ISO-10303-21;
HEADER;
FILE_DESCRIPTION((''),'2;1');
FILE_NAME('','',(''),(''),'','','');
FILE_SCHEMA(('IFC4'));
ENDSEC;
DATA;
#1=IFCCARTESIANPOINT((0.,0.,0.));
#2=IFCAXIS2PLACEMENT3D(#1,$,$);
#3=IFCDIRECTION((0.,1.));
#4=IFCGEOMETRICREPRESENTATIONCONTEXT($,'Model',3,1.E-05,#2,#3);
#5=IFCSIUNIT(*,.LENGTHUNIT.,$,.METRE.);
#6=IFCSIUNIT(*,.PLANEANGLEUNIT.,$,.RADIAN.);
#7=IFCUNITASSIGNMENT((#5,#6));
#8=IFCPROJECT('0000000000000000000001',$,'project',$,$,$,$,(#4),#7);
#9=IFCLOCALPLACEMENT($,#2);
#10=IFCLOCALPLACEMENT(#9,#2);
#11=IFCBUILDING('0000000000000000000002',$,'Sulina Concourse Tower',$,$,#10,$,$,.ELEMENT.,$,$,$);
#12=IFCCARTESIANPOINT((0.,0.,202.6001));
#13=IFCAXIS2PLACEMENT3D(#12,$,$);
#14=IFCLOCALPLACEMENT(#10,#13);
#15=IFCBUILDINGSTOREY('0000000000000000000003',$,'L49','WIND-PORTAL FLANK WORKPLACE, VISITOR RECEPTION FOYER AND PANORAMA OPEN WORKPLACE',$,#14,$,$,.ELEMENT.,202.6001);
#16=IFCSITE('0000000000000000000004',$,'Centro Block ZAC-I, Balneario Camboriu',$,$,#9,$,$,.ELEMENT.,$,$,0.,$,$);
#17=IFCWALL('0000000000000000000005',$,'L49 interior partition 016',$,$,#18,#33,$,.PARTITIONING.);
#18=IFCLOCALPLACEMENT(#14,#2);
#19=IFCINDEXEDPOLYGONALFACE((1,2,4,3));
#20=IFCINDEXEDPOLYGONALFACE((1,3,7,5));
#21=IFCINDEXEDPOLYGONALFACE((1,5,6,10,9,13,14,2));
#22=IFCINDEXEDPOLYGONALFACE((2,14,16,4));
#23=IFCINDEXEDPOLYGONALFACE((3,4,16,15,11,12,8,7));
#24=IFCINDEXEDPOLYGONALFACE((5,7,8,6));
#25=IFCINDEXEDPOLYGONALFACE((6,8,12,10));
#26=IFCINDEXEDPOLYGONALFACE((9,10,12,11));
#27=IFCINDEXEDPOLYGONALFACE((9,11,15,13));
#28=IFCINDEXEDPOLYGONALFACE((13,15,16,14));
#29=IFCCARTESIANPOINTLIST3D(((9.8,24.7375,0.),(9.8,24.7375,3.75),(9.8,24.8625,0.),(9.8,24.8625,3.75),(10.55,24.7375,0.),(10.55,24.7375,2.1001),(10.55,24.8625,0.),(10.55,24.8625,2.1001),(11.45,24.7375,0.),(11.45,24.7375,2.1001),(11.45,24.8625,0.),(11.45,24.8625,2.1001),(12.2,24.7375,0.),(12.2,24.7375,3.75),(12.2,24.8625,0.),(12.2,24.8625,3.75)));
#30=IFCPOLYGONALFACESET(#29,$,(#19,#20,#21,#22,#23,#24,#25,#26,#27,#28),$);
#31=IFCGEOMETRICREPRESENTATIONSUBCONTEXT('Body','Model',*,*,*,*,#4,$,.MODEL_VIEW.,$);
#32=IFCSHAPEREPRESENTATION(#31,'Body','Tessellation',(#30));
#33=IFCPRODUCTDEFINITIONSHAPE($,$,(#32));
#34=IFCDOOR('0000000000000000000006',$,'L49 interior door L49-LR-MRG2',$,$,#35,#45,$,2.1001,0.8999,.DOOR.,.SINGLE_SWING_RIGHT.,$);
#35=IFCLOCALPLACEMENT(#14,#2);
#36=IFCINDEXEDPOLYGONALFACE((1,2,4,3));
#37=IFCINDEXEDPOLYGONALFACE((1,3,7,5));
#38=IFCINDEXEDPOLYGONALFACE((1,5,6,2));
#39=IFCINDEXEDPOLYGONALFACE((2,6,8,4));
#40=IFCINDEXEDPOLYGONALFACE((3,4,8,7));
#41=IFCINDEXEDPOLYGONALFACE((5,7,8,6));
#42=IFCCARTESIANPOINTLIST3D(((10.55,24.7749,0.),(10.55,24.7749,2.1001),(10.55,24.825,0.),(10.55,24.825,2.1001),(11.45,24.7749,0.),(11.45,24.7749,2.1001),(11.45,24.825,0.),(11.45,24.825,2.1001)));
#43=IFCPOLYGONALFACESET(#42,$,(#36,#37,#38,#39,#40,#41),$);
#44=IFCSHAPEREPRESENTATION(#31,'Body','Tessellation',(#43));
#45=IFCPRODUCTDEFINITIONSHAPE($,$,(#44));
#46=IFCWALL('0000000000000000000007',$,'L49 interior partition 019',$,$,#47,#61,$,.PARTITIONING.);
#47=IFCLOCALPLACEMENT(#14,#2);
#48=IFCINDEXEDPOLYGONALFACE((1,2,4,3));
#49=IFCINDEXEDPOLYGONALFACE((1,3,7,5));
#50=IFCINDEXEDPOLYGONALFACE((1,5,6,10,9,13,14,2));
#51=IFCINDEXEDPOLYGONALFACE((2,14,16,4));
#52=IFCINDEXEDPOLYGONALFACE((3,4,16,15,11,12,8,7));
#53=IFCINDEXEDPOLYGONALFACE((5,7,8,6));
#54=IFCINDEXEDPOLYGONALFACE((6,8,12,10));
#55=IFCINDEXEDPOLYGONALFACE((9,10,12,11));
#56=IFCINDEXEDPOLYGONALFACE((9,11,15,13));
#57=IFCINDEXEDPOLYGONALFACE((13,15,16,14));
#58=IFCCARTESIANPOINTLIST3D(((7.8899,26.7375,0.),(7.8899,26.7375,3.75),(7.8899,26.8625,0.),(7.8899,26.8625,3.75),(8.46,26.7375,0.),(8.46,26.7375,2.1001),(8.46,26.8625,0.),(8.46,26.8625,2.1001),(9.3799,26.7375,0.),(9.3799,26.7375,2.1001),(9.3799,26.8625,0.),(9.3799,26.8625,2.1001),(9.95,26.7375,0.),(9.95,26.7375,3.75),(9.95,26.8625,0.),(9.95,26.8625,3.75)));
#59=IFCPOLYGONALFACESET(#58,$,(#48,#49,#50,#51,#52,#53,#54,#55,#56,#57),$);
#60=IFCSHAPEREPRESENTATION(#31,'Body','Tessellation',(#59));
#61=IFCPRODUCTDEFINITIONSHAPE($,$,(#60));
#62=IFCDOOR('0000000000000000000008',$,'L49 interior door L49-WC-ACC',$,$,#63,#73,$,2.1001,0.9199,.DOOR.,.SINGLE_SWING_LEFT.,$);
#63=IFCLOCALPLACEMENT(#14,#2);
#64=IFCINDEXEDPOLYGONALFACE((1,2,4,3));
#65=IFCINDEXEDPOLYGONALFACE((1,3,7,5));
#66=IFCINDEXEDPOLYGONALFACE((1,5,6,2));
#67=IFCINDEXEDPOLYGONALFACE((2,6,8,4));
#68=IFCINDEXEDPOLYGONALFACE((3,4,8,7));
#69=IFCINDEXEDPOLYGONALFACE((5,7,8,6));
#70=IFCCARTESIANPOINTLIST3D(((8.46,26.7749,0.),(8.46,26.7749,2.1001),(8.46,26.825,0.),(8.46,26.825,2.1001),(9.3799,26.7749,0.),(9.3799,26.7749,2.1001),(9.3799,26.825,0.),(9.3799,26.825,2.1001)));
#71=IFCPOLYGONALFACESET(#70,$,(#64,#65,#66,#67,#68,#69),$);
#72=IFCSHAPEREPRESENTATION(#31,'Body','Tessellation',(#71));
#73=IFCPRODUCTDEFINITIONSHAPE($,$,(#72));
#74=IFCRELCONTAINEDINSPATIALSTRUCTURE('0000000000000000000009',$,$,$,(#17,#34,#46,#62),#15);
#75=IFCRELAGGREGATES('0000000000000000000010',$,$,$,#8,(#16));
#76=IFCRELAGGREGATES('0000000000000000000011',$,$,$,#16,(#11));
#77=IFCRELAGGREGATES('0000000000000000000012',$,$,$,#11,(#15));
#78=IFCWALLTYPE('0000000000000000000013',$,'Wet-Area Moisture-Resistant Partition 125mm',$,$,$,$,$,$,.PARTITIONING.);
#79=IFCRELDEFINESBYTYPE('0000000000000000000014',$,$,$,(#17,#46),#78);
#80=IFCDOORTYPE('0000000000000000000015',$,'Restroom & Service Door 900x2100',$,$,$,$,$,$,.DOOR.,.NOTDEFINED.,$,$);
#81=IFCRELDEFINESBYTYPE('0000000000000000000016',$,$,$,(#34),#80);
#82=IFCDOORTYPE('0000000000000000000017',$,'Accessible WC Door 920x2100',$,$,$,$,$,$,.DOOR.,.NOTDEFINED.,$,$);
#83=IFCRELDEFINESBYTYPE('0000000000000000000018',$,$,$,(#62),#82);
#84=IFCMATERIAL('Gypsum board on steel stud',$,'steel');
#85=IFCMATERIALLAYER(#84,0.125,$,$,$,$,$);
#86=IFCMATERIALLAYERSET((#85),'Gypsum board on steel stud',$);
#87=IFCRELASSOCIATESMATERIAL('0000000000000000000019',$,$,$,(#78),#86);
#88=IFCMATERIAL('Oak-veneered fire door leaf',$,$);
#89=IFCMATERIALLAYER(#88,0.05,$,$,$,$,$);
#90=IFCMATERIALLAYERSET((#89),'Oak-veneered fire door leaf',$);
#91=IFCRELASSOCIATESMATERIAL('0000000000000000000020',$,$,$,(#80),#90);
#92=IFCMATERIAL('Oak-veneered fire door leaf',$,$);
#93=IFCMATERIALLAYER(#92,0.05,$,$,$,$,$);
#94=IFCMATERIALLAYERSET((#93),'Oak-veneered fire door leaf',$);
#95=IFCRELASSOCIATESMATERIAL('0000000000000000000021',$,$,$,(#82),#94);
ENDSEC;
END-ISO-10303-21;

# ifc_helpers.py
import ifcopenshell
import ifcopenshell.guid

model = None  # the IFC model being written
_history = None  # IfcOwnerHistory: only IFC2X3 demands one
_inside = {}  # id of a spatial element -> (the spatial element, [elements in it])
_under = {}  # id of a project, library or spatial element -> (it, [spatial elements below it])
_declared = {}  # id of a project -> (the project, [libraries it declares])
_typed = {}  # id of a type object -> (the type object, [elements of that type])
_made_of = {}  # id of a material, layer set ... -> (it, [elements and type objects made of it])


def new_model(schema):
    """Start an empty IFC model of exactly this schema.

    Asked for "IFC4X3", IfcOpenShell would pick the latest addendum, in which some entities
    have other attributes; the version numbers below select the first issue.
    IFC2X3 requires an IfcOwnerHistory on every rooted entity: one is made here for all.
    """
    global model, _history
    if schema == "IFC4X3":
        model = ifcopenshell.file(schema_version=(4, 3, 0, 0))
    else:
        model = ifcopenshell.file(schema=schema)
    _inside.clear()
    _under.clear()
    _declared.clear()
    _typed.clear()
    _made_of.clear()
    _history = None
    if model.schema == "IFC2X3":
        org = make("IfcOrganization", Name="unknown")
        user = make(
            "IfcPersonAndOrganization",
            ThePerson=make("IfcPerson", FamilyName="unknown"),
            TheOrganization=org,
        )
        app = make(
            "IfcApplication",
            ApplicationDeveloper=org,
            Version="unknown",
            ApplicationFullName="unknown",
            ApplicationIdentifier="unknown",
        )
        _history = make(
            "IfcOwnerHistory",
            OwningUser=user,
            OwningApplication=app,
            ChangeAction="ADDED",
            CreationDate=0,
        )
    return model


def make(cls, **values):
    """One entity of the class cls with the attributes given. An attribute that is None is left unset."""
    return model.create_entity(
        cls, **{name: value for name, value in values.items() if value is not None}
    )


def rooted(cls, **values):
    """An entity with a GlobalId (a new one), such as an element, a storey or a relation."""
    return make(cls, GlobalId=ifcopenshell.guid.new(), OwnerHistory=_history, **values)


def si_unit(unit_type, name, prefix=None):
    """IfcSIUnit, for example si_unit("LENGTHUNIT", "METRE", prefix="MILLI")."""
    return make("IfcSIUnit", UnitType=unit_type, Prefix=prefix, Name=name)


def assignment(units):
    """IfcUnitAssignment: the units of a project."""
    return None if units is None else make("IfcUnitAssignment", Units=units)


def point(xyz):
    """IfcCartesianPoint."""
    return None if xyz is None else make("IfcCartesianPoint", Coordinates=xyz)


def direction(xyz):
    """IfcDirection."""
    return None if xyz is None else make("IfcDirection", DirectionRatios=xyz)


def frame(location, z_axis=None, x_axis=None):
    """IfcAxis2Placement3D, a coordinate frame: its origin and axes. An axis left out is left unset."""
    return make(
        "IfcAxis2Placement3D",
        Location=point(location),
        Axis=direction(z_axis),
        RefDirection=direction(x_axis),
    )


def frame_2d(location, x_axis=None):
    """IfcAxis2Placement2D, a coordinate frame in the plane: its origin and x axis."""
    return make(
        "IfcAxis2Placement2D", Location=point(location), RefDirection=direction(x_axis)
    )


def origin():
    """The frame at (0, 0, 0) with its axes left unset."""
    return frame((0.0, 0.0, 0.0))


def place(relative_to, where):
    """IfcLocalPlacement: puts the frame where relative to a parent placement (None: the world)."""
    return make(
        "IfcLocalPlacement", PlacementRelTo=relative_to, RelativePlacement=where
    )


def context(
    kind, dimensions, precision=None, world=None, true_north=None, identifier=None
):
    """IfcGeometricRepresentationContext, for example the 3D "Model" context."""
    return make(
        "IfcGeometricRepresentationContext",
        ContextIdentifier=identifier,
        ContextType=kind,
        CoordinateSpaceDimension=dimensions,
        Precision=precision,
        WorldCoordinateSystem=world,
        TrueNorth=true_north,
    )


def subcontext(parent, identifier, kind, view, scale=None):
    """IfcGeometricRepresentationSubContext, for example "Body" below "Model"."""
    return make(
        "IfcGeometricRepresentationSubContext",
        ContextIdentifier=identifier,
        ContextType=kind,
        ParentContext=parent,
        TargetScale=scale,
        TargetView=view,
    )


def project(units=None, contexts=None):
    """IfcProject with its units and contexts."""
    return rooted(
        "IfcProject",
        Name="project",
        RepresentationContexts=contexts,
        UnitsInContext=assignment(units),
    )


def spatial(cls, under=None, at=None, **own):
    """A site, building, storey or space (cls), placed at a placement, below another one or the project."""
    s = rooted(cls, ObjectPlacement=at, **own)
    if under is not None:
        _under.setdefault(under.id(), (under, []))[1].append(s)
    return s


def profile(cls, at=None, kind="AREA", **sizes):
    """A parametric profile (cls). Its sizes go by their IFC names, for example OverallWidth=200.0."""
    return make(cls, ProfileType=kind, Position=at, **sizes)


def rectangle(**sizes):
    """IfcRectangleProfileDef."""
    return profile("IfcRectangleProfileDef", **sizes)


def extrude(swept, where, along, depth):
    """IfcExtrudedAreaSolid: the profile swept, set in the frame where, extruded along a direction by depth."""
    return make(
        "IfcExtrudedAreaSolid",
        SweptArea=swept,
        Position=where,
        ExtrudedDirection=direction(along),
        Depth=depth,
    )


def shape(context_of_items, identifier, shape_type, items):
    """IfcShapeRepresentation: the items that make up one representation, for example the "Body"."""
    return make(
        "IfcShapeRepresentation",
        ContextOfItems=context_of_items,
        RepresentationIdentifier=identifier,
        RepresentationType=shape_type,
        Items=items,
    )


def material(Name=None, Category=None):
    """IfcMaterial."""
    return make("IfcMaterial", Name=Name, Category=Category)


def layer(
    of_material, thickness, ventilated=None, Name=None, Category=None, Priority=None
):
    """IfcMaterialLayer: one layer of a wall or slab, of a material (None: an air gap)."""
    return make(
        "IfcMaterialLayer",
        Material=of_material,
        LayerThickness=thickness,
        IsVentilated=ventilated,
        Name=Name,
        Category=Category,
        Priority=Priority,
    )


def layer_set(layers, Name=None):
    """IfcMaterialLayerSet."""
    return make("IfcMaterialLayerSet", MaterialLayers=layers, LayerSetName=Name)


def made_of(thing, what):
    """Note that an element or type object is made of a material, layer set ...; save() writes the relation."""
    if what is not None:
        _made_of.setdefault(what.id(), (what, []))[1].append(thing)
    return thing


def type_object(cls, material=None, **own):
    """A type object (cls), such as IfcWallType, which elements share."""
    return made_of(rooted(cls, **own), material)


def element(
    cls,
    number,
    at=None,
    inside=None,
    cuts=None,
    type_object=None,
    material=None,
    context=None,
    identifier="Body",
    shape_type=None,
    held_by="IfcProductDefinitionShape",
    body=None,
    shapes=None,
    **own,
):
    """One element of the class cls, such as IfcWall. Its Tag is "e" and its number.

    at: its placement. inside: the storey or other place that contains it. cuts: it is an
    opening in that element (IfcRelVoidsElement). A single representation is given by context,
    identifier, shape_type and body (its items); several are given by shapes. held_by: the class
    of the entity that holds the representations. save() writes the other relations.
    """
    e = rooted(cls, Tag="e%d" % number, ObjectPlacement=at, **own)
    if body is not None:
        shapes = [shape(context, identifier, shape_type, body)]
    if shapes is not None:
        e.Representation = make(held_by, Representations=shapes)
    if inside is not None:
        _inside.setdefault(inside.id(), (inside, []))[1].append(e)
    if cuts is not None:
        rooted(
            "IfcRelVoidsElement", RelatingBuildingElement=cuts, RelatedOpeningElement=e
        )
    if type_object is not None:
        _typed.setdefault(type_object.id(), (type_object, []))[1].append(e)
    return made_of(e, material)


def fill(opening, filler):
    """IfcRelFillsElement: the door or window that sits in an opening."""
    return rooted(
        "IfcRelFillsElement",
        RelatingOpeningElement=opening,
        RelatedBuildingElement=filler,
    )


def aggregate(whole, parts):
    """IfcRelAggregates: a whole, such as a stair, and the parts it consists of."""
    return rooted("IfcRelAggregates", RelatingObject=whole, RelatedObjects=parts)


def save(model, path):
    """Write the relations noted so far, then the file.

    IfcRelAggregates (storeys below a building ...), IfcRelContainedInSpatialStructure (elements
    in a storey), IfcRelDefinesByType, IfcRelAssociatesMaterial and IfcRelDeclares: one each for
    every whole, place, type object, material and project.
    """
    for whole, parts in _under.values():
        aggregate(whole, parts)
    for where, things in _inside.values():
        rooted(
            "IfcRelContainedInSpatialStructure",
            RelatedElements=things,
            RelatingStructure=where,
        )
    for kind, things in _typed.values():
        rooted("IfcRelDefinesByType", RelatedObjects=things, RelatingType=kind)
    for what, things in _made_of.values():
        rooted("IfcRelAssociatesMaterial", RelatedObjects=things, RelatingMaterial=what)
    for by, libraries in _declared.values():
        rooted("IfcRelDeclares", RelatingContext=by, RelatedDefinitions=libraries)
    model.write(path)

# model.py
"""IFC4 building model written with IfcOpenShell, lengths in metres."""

from ifc_helpers import new_model, si_unit, direction, frame, frame_2d, origin, place, context, subcontext, project, spatial, rectangle, extrude, material, layer, layer_set, type_object, element, fill, save


model = new_model("IFC4")

# Units and contexts
model_context = context("Model", 3, precision=1e-05, world=origin(), true_north=direction((0.0, 1.0)))
body_context = subcontext(model_context, "Body", "Model", "MODEL_VIEW")
ifc_project = project(units=[si_unit("LENGTHUNIT", "METRE"), si_unit("PLANEANGLEUNIT", "RADIAN")], contexts=[model_context])

# Site, building, storey
site_placement = place(None, origin())
site = spatial("IfcSite", under=ifc_project, at=site_placement, Name="Centro Block ZAC-I, Balneario Camboriu", CompositionType="ELEMENT", RefElevation=0.0)
building_placement = place(site_placement, origin())
building = spatial("IfcBuilding", under=site, at=building_placement, Name="Sulina Concourse Tower", CompositionType="ELEMENT")
storey_placement = place(building_placement, frame((0.0, 0.0, 202.6001)))
storey = spatial("IfcBuildingStorey", under=building, at=storey_placement, Name="L49", Description="WIND-PORTAL FLANK WORKPLACE, VISITOR RECEPTION FOYER AND PANORAMA OPEN WORKPLACE", CompositionType="ELEMENT", Elevation=202.6001)

# Walls, openings, doors
ifc_material_1 = material(Name="Gypsum board on steel stud", Category="steel")
ifc_layer_1 = layer(ifc_material_1, 0.125)
ifc_layer_set_1 = layer_set([ifc_layer_1], Name="Gypsum board on steel stud")
wall_type_1 = type_object("IfcWallType", Name="Wet-Area Moisture-Resistant Partition 125mm", PredefinedType="PARTITIONING", material=ifc_layer_set_1)
wall_1_placement = place(storey_placement, frame((9.8, 24.8, 0.0), z_axis=(0.0, 0.0, 1.0), x_axis=(1.0, 0.0, 0.0)))
wall_1 = element("IfcWall", 1, at=wall_1_placement, inside=storey, type_object=wall_type_1, Name="L49 interior partition 016", PredefinedType="PARTITIONING", context=body_context, shape_type="SweptSolid", body=[
    extrude(rectangle(XDim=2.3999, YDim=0.125, at=frame_2d((1.2, 0.0))), origin(), (0.0, 0.0, 1.0), 3.75),
])
opening_1_placement = place(wall_1_placement, frame((0.75, 0.0, 0.0)))
opening_1 = element("IfcOpeningElement", 2, at=opening_1_placement, cuts=wall_1, PredefinedType="OPENING", context=body_context, shape_type="SweptSolid", body=[
    extrude(rectangle(XDim=0.8999, YDim=2.1001, at=frame_2d((0.45, 1.05))), frame((0.0, 0.0725, 0.0), z_axis=(0.0, -1.0, 0.0), x_axis=(1.0, 0.0, 0.0)), (0.0, 0.0, 1.0), 0.145),
])
ifc_material_2 = material(Name="Oak-veneered fire door leaf")
ifc_layer_2 = layer(ifc_material_2, 0.05)
ifc_layer_set_2 = layer_set([ifc_layer_2], Name="Oak-veneered fire door leaf")
door_type_1 = type_object("IfcDoorType", Name="Restroom & Service Door 900x2100", OperationType="NOTDEFINED", PredefinedType="DOOR", material=ifc_layer_set_2)
door_1_placement = place(opening_1_placement, origin())
door_1 = element("IfcDoor", 3, at=door_1_placement, inside=storey, type_object=door_type_1, Name="L49 interior door L49-LR-MRG2", OperationType="SINGLE_SWING_RIGHT", OverallHeight=2.1001, OverallWidth=0.8999, PredefinedType="DOOR", context=body_context, shape_type="SweptSolid", body=[
    extrude(rectangle(XDim=0.8999, YDim=2.1001, at=frame_2d((0.45, 1.05))), frame((0.0, 0.0249, 0.0), z_axis=(0.0, -1.0, 0.0), x_axis=(1.0, 0.0, 0.0)), (0.0, 0.0, 1.0), 0.05),
])
fill(opening_1, door_1)
wall_2_placement = place(storey_placement, frame((7.8899, 26.8, 0.0), z_axis=(0.0, 0.0, 1.0), x_axis=(1.0, 0.0, 0.0)))
wall_2 = element("IfcWall", 4, at=wall_2_placement, inside=storey, type_object=wall_type_1, Name="L49 interior partition 019", PredefinedType="PARTITIONING", context=body_context, shape_type="SweptSolid", body=[
    extrude(rectangle(XDim=2.0601, YDim=0.125, at=frame_2d((1.03, 0.0))), origin(), (0.0, 0.0, 1.0), 3.75),
])
opening_2_placement = place(wall_2_placement, frame((0.5701, 0.0, 0.0)))
opening_2 = element("IfcOpeningElement", 5, at=opening_2_placement, cuts=wall_2, PredefinedType="OPENING", context=body_context, shape_type="SweptSolid", body=[
    extrude(rectangle(XDim=0.9199, YDim=2.1001, at=frame_2d((0.46, 1.05))), frame((0.0, 0.0725, 0.0), z_axis=(0.0, -1.0, 0.0), x_axis=(1.0, 0.0, 0.0)), (0.0, 0.0, 1.0), 0.145),
])
ifc_material_3 = material(Name="Oak-veneered fire door leaf")
ifc_layer_3 = layer(ifc_material_3, 0.05)
ifc_layer_set_3 = layer_set([ifc_layer_3], Name="Oak-veneered fire door leaf")
door_type_2 = type_object("IfcDoorType", Name="Accessible WC Door 920x2100", OperationType="NOTDEFINED", PredefinedType="DOOR", material=ifc_layer_set_3)
door_2_placement = place(opening_2_placement, origin())
door_2 = element("IfcDoor", 6, at=door_2_placement, inside=storey, type_object=door_type_2, Name="L49 interior door L49-WC-ACC", OperationType="SINGLE_SWING_LEFT", OverallHeight=2.1001, OverallWidth=0.9199, PredefinedType="DOOR", context=body_context, shape_type="SweptSolid", body=[
    extrude(rectangle(XDim=0.9199, YDim=2.1001, at=frame_2d((0.46, 1.05))), frame((0.0, 0.0249, 0.0), z_axis=(0.0, -1.0, 0.0), x_axis=(1.0, 0.0, 0.0)), (0.0, 0.0, 1.0), 0.05),
])
fill(opening_2, door_2)

save(model, "model.ifc")
